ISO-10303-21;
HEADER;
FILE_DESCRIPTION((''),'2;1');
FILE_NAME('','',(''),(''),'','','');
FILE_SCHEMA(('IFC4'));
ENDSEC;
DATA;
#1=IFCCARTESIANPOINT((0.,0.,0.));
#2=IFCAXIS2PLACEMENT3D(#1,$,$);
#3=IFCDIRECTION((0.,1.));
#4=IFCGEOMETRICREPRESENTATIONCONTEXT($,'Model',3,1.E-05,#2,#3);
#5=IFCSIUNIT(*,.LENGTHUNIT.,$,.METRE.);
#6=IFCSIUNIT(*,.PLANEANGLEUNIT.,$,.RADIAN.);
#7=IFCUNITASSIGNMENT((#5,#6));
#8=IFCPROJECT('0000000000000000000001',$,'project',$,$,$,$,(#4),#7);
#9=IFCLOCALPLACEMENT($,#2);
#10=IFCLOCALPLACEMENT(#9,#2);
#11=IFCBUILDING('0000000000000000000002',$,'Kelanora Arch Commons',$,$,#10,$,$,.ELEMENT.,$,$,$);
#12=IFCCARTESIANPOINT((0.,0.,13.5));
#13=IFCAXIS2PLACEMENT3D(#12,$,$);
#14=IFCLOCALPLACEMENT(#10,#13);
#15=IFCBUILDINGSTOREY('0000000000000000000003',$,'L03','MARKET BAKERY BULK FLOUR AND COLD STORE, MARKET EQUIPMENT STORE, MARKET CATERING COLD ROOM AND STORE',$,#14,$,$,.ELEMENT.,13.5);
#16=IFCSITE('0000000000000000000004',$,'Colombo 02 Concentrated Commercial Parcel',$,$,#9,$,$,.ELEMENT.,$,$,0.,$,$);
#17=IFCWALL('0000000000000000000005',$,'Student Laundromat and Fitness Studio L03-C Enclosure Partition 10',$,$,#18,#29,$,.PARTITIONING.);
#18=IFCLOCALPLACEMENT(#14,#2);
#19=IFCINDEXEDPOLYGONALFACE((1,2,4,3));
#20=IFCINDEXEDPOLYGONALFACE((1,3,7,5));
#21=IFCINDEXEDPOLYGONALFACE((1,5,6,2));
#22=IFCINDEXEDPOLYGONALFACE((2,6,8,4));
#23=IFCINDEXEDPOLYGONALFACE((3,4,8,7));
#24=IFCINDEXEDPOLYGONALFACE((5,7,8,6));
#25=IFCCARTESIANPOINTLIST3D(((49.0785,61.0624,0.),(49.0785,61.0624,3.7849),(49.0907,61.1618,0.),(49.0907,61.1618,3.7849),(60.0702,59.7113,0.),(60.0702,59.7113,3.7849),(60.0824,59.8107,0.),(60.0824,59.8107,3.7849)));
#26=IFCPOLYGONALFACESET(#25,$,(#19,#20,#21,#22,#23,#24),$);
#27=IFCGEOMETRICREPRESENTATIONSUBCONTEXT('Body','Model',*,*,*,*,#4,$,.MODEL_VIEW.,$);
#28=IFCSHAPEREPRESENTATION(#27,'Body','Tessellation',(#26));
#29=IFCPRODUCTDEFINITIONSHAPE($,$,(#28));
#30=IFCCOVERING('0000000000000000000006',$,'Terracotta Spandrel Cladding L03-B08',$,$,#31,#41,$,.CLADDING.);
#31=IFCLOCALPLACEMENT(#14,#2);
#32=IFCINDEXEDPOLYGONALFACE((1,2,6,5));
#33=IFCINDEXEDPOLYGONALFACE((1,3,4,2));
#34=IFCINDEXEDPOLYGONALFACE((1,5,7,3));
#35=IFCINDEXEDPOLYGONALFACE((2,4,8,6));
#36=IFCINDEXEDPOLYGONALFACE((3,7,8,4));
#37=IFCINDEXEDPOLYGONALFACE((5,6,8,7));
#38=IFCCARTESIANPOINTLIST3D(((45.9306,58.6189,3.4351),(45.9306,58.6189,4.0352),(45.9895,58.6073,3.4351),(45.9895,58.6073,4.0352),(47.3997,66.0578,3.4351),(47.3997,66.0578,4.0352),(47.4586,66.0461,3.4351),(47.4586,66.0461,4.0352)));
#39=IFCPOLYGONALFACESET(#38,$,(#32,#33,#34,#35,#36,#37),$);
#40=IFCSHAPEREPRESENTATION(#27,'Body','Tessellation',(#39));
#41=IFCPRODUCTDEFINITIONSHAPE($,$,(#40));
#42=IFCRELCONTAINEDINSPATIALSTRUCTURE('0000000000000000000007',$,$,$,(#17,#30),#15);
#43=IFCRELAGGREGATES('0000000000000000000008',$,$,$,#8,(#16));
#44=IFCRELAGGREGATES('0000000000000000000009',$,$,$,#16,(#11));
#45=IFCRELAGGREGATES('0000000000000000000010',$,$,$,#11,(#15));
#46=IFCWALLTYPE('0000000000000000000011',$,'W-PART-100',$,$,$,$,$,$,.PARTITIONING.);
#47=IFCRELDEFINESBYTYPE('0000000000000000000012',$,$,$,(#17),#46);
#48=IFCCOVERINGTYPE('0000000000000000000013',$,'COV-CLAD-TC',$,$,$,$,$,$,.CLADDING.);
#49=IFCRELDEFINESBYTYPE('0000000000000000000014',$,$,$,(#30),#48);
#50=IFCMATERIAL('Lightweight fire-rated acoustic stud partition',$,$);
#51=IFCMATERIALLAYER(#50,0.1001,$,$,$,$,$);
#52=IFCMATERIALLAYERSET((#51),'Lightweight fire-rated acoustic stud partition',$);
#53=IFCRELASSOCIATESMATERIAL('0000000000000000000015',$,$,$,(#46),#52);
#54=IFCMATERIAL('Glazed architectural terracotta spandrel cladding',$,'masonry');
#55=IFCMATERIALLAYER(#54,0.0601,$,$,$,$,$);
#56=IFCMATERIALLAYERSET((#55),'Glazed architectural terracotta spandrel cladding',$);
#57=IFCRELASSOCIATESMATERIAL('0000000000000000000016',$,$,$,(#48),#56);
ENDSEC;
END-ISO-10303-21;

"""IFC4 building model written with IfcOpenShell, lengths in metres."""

from ifc_helpers import new_model, si_unit, direction, frame, frame_2d, origin, origin_2d, place, context, subcontext, project, spatial, rectangle, extrude, source, transform, mapped, material, layer, layer_set, type_object, element, save


model = new_model("IFC4")

# Units and contexts
model_context = context("Model", 3, precision=1e-05, world=origin(), true_north=direction((0.0, 1.0)))
body_context = subcontext(model_context, "Body", "Model", "MODEL_VIEW")
ifc_project = project(units=[si_unit("LENGTHUNIT", "METRE"), si_unit("PLANEANGLEUNIT", "RADIAN")], contexts=[model_context])

# Site, building, storey
site_placement = place(None, origin())
site = spatial("IfcSite", under=ifc_project, at=site_placement, Name="Colombo 02 Concentrated Commercial Parcel", CompositionType="ELEMENT", RefElevation=0.0)
building_placement = place(site_placement, origin())
building = spatial("IfcBuilding", under=site, at=building_placement, Name="Kelanora Arch Commons", CompositionType="ELEMENT")
storey_placement = place(building_placement, frame((0.0, 0.0, 13.5)))
storey = spatial("IfcBuildingStorey", under=building, at=storey_placement, Name="L03", Description="MARKET BAKERY BULK FLOUR AND COLD STORE, MARKET EQUIPMENT STORE, MARKET CATERING COLD ROOM AND STORE", CompositionType="ELEMENT", Elevation=13.5)

# Wall
ifc_material_1 = material(Name="Lightweight fire-rated acoustic stud partition")
ifc_layer_1 = layer(ifc_material_1, 0.1001)
ifc_layer_set_1 = layer_set([ifc_layer_1], Name="Lightweight fire-rated acoustic stud partition")
wall_type = type_object("IfcWallType", Name="W-PART-100", PredefinedType="PARTITIONING", material=ifc_layer_set_1)
wall_1_placement = place(storey_placement, frame((49.0847, 61.1121, 0.0), z_axis=(0.0, 0.0, 1.0), x_axis=(0.99253, -0.122, 0.0)))
element("IfcWall", 1, at=wall_1_placement, inside=storey, type_object=wall_type, Name="Student Laundromat and Fitness Studio L03-C Enclosure Partition 10", PredefinedType="PARTITIONING", context=body_context, shape_type="SweptSolid", body=[
    extrude(rectangle(XDim=11.0745, YDim=0.1001, at=frame_2d((5.5371, 0.0))), origin(), (0.0, 0.0, 1.0), 3.7849),
])

# Covering
ifc_material_2 = material(Name="Glazed architectural terracotta spandrel cladding", Category="masonry")
ifc_layer_2 = layer(ifc_material_2, 0.0601)
ifc_layer_set_2 = layer_set([ifc_layer_2], Name="Glazed architectural terracotta spandrel cladding")
covering_type = type_object("IfcCoveringType", Name="COV-CLAD-TC", PredefinedType="CLADDING", material=ifc_layer_set_2)
shared_shape_1 = source(origin(), body_context, "Body", "SweptSolid", [
    extrude(rectangle(XDim=7.5825, YDim=0.0601, at=origin_2d()), origin(), (0.0, 0.0, 1.0), 0.6001),
])
covering_placement = place(storey_placement, frame((46.6946, 62.3325, 3.4351), z_axis=(0.0, 0.0, 1.0), x_axis=(-0.193744, -0.981052, 0.0)))
element("IfcCovering", 2, at=covering_placement, inside=storey, type_object=covering_type, Name="Terracotta Spandrel Cladding L03-B08", PredefinedType="CLADDING", context=body_context, shape_type="MappedRepresentation", body=[
    mapped(shared_shape_1, transform((0.0, 0.0, 0.0), scale=1.0)),
])

save(model, "model.ifc")
